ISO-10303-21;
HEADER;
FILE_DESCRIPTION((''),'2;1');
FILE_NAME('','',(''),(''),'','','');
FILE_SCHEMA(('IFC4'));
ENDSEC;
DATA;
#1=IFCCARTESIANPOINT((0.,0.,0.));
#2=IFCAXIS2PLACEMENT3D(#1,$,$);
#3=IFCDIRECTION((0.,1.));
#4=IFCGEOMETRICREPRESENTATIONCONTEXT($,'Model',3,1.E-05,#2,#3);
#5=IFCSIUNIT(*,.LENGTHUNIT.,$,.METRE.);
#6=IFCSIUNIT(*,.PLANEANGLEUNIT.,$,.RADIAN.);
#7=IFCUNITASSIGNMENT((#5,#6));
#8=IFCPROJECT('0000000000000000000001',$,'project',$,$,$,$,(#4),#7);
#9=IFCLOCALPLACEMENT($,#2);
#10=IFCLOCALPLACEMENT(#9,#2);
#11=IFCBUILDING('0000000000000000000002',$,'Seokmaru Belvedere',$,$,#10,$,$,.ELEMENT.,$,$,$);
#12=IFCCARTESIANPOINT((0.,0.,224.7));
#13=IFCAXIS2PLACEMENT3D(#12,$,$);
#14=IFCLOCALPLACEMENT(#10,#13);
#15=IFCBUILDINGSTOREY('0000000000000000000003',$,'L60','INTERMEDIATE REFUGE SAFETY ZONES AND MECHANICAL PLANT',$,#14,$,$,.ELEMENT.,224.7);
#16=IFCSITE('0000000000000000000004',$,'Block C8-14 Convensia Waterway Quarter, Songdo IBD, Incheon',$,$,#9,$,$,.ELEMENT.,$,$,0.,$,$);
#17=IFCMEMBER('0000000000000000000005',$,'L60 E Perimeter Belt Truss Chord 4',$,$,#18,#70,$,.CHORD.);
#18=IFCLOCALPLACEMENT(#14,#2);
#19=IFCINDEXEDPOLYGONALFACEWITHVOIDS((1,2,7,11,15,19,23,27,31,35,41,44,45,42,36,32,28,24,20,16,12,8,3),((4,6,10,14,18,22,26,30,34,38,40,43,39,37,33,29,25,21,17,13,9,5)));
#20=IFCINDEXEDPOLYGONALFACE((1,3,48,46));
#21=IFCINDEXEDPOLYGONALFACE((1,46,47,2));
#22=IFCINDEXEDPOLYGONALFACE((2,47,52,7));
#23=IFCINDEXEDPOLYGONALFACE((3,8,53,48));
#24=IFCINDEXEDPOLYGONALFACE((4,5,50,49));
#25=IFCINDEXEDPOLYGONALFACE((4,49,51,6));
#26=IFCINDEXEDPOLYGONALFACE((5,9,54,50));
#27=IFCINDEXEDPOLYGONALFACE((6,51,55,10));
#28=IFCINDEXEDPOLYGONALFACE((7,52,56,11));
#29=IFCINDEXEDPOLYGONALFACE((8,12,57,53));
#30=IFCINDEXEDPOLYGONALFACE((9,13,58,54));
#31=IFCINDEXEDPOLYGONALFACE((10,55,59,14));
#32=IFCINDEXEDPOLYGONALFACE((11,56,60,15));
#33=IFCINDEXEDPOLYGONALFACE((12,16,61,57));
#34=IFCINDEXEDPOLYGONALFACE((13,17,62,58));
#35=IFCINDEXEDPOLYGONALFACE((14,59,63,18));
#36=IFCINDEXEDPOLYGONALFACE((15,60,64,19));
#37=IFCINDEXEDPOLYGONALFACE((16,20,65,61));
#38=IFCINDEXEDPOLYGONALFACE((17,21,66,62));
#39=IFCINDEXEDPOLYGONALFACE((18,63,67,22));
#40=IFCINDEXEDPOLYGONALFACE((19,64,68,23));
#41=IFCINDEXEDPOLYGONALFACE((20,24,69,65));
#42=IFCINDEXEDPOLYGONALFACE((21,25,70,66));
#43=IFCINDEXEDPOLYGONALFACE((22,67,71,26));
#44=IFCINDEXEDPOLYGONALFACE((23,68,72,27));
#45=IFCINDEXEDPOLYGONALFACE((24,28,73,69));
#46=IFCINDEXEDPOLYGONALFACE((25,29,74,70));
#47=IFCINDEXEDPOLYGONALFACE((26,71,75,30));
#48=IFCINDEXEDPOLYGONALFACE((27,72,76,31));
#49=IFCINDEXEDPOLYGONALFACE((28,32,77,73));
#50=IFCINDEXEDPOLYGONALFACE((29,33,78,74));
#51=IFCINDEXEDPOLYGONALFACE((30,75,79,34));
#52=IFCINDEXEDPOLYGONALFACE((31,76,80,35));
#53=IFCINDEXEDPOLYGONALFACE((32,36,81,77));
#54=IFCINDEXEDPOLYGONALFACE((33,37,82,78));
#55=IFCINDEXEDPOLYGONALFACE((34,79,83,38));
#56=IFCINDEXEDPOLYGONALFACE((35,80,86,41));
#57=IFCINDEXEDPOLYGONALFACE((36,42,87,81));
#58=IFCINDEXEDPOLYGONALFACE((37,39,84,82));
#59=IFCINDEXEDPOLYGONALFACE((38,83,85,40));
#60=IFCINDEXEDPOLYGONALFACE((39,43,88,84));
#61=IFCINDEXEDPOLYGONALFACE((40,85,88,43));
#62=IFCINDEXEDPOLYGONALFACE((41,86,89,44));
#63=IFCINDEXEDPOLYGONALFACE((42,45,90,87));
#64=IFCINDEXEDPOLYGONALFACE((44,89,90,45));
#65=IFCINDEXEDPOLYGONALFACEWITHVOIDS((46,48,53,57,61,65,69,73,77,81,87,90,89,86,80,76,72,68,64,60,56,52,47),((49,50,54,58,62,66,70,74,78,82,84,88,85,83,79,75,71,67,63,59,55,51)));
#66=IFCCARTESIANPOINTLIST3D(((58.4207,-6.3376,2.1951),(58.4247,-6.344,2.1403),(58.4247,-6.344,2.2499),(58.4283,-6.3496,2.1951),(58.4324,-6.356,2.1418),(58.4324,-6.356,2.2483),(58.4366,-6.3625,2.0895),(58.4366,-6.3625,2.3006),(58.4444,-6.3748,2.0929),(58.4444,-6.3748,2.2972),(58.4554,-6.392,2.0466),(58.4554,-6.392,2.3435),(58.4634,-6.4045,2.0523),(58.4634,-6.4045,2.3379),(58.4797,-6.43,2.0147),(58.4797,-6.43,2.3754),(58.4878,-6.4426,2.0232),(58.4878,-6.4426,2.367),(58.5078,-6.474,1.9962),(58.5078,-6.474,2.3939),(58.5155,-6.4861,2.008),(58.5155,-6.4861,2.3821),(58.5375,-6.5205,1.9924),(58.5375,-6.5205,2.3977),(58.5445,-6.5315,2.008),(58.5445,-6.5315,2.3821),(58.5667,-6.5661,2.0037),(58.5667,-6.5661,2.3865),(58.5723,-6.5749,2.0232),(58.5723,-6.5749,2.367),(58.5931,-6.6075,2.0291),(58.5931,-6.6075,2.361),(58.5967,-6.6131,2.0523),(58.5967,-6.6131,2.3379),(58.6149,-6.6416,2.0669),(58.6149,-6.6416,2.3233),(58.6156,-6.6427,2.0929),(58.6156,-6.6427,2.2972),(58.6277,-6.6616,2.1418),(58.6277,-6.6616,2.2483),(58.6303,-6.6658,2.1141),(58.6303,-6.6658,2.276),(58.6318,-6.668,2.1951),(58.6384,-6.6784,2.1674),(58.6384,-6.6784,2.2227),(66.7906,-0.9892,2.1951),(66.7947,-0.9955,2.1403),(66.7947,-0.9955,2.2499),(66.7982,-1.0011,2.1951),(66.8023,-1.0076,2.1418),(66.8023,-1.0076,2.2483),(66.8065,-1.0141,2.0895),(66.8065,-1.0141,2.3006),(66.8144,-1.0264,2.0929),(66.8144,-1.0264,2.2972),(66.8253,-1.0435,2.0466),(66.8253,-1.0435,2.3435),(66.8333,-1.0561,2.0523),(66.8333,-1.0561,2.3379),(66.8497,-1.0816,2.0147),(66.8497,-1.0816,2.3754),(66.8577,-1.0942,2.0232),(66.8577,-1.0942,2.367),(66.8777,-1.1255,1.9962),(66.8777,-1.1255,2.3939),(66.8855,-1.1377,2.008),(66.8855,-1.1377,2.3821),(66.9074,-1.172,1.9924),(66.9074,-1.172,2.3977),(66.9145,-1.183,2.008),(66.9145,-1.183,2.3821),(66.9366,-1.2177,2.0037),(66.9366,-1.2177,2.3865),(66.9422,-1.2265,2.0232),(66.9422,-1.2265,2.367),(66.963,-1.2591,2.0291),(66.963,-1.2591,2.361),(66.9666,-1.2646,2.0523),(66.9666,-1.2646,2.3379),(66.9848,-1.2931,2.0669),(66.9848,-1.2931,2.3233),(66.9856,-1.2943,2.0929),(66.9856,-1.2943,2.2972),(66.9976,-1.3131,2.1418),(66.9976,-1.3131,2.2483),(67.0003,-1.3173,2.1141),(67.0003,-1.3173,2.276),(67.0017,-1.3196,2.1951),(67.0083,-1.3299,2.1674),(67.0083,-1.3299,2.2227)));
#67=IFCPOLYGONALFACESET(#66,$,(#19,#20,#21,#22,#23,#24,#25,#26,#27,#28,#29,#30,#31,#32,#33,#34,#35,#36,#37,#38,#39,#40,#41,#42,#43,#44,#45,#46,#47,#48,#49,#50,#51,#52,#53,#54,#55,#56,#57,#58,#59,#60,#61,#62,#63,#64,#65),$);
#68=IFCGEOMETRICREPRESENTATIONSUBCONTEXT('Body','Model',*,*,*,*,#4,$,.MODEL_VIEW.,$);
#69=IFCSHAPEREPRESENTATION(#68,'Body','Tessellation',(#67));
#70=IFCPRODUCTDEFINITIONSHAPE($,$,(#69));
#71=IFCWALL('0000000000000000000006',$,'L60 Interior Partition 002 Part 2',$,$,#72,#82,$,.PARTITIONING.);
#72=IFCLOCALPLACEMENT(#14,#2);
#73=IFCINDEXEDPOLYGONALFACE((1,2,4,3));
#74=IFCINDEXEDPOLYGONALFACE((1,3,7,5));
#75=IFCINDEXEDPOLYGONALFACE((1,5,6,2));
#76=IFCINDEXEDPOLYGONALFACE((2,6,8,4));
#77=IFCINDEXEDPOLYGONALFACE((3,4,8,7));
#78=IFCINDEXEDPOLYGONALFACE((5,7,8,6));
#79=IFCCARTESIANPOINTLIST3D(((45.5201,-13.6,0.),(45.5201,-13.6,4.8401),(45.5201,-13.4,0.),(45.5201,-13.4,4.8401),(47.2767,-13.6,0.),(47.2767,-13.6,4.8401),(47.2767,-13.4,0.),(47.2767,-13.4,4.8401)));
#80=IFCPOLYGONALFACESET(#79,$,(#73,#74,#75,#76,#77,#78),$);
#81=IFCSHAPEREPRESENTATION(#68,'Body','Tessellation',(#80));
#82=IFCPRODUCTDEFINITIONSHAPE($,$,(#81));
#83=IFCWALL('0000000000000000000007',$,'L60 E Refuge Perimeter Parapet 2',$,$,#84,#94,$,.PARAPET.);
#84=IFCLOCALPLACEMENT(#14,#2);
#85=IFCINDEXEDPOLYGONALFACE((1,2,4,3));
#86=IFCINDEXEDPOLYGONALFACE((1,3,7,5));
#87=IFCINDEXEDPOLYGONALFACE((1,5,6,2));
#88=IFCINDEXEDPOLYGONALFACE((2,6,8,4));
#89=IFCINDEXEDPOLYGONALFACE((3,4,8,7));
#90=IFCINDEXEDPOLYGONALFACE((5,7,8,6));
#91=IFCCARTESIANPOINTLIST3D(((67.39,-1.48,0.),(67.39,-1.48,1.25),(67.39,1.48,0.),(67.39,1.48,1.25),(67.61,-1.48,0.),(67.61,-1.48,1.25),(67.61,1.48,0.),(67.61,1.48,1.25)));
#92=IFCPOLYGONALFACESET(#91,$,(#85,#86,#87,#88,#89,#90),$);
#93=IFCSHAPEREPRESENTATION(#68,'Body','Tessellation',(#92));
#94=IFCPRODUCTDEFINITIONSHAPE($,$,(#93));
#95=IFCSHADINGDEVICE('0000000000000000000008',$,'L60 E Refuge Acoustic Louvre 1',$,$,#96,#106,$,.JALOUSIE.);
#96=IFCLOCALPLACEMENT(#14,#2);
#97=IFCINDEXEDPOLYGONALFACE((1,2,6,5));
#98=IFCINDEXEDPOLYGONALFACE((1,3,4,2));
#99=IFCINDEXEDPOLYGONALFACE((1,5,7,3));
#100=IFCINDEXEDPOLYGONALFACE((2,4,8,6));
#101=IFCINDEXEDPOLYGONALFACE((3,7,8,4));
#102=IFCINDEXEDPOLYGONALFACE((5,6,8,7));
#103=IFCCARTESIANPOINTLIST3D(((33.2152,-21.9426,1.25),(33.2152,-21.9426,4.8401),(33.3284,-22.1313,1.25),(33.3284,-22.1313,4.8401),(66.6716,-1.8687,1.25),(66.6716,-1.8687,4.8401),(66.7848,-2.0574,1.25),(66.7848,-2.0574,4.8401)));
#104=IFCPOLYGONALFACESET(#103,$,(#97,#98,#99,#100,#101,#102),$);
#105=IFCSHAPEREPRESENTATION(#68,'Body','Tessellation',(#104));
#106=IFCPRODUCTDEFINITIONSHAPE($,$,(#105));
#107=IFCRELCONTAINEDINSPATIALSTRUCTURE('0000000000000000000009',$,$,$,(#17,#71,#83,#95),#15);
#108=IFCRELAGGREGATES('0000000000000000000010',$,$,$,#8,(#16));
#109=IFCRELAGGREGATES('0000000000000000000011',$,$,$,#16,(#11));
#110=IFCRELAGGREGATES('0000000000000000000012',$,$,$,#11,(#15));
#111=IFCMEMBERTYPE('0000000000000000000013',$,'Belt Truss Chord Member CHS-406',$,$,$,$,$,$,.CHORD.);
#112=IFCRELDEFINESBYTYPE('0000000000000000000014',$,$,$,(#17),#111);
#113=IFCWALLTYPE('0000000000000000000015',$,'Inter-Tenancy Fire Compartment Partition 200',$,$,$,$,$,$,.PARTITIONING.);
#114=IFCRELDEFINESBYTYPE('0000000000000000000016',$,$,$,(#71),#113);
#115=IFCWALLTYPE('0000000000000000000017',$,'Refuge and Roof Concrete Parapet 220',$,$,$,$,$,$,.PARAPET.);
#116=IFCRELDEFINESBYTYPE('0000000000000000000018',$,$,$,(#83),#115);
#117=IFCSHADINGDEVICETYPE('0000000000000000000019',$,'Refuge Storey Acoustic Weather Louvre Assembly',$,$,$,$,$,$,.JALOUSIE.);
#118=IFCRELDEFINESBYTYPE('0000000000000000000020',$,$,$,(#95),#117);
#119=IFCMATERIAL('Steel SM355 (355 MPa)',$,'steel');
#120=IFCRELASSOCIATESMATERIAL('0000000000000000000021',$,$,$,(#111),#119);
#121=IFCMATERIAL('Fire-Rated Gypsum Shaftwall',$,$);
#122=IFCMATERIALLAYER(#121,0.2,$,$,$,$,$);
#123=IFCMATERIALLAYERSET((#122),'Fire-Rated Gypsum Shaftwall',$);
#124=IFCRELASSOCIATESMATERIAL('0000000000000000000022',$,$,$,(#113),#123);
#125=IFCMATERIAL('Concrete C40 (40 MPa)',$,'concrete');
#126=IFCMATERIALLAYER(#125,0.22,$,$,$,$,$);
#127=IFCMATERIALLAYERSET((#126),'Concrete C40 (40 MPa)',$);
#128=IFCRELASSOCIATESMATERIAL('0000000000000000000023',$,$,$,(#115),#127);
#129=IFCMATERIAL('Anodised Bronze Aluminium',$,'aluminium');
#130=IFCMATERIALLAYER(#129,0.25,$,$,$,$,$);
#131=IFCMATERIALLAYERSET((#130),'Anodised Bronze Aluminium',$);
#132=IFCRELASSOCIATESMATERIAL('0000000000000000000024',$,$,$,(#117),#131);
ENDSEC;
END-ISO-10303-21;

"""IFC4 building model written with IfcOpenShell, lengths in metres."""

from ifc_helpers import new_model, si_unit, direction, frame, frame_2d, origin, origin_2d, place, context, subcontext, project, spatial, rectangle, hollow_circle, extrude, source, transform, mapped, material, layer, layer_set, material_profile, profile_set, type_object, type_shapes, element, save


model = new_model("IFC4")

# Units and contexts
model_context = context("Model", 3, precision=1e-05, world=origin(), true_north=direction((0.0, 1.0)))
body_context = subcontext(model_context, "Body", "Model", "MODEL_VIEW")
ifc_project = project(units=[si_unit("LENGTHUNIT", "METRE"), si_unit("PLANEANGLEUNIT", "RADIAN")], contexts=[model_context])

# Site, building, storey
site_placement = place(None, origin())
site = spatial("IfcSite", under=ifc_project, at=site_placement, Name="Block C8-14 Convensia Waterway Quarter, Songdo IBD, Incheon", CompositionType="ELEMENT", RefElevation=0.0)
building_placement = place(site_placement, origin())
building = spatial("IfcBuilding", under=site, at=building_placement, Name="Seokmaru Belvedere", CompositionType="ELEMENT")
storey_placement = place(building_placement, frame((0.0, 0.0, 224.7)))
storey = spatial("IfcBuildingStorey", under=building, at=storey_placement, Name="L60", Description="INTERMEDIATE REFUGE SAFETY ZONES AND MECHANICAL PLANT", CompositionType="ELEMENT", Elevation=224.7)

# Shared definitions
ifc_material_1 = material(Name="Steel SM355 (355 MPa)", Category="steel")

# Member
ifc_material_profile_1 = material_profile(ifc_material_1, hollow_circle(Radius=0.2031, WallThickness=0.0142, at=origin_2d()), Name="CHS-406.4x14.2")
ifc_profile_set_1 = profile_set([ifc_material_profile_1], Name="Steel SM355 (355 MPa)")
member_type_1 = type_object("IfcMemberType", Name="Belt Truss Chord Member CHS-406", PredefinedType="CHORD", material=ifc_profile_set_1)
shared_shape_1 = source(origin(), body_context, "Body", "SweptSolid", [
    extrude(hollow_circle(Radius=0.2031, WallThickness=0.0142, at=origin_2d()), origin(), (0.0, 0.0, 1.0), 9.9329),
])
member_1_placement = place(storey_placement, frame((58.53, -6.5088, 2.1951), z_axis=(0.842652, 0.538459, 0.0), x_axis=(-0.538459, 0.842652, 0.0)))
element("IfcMember", 1, at=member_1_placement, inside=storey, type_object=member_type_1, Name="L60 E Perimeter Belt Truss Chord 4", PredefinedType="CHORD", context=body_context, shape_type="MappedRepresentation", body=[
    mapped(shared_shape_1, transform((0.0, 0.0, 0.0), scale=1.0)),
])

# Walls
ifc_material_2 = material(Name="Fire-Rated Gypsum Shaftwall")
ifc_layer_1 = layer(ifc_material_2, 0.2)
ifc_layer_set_1 = layer_set([ifc_layer_1], Name="Fire-Rated Gypsum Shaftwall")
wall_type_1 = type_object("IfcWallType", Name="Inter-Tenancy Fire Compartment Partition 200", PredefinedType="PARTITIONING", material=ifc_layer_set_1)
wall_1_placement = place(storey_placement, frame((45.52, -13.5, 0.0), z_axis=(0.0, 0.0, 1.0), x_axis=(1.0, 0.0, 0.0)))
element("IfcWall", 2, at=wall_1_placement, inside=storey, type_object=wall_type_1, Name="L60 Interior Partition 002 Part 2", PredefinedType="PARTITIONING", context=body_context, shape_type="SweptSolid", body=[
    extrude(rectangle(XDim=1.7566, YDim=0.2, at=frame_2d((0.8784, 0.0))), origin(), (0.0, 0.0, 1.0), 4.8401),
])
ifc_material_3 = material(Name="Concrete C40 (40 MPa)", Category="concrete")
ifc_layer_2 = layer(ifc_material_3, 0.22)
ifc_layer_set_2 = layer_set([ifc_layer_2], Name="Concrete C40 (40 MPa)")
wall_type_2 = type_object("IfcWallType", Name="Refuge and Roof Concrete Parapet 220", PredefinedType="PARAPET", material=ifc_layer_set_2)
wall_2_placement = place(storey_placement, frame((67.5, -1.48, 0.0), z_axis=(0.0, 0.0, 1.0), x_axis=(0.0, 1.0, 0.0)))
element("IfcWall", 3, at=wall_2_placement, inside=storey, type_object=wall_type_2, Name="L60 E Refuge Perimeter Parapet 2", PredefinedType="PARAPET", context=body_context, shape_type="SweptSolid", body=[
    extrude(rectangle(XDim=2.96, YDim=0.22, at=frame_2d((1.48, 0.0))), origin(), (0.0, 0.0, 1.0), 1.25),
])

# Shading device
ifc_material_4 = material(Name="Anodised Bronze Aluminium", Category="aluminium")
ifc_layer_3 = layer(ifc_material_4, 0.25)
ifc_layer_set_3 = layer_set([ifc_layer_3], Name="Anodised Bronze Aluminium")
shading_device_type = type_object("IfcShadingDeviceType", Name="Refuge Storey Acoustic Weather Louvre Assembly", PredefinedType="JALOUSIE", material=ifc_layer_set_3)
shared_shape_2 = source(origin(), body_context, "Body", "SweptSolid", [
    extrude(rectangle(XDim=39.0166, YDim=0.22, at=origin_2d()), origin(), (0.0, 0.0, 1.0), 3.5901),
])
type_shapes(shading_device_type, [shared_shape_2])
shading_device_placement = place(storey_placement, frame((50.0, -12.0, 1.25), z_axis=(0.0, 0.0, 1.0), x_axis=(0.857493, 0.514496, 0.0)))
element("IfcShadingDevice", 4, at=shading_device_placement, inside=storey, type_object=shading_device_type, Name="L60 E Refuge Acoustic Louvre 1", PredefinedType="JALOUSIE", context=body_context, shape_type="MappedRepresentation", body=[
    mapped(shared_shape_2, transform((0.0, 0.0, 0.0), scale=1.0)),
])

save(model, "model.ifc")
